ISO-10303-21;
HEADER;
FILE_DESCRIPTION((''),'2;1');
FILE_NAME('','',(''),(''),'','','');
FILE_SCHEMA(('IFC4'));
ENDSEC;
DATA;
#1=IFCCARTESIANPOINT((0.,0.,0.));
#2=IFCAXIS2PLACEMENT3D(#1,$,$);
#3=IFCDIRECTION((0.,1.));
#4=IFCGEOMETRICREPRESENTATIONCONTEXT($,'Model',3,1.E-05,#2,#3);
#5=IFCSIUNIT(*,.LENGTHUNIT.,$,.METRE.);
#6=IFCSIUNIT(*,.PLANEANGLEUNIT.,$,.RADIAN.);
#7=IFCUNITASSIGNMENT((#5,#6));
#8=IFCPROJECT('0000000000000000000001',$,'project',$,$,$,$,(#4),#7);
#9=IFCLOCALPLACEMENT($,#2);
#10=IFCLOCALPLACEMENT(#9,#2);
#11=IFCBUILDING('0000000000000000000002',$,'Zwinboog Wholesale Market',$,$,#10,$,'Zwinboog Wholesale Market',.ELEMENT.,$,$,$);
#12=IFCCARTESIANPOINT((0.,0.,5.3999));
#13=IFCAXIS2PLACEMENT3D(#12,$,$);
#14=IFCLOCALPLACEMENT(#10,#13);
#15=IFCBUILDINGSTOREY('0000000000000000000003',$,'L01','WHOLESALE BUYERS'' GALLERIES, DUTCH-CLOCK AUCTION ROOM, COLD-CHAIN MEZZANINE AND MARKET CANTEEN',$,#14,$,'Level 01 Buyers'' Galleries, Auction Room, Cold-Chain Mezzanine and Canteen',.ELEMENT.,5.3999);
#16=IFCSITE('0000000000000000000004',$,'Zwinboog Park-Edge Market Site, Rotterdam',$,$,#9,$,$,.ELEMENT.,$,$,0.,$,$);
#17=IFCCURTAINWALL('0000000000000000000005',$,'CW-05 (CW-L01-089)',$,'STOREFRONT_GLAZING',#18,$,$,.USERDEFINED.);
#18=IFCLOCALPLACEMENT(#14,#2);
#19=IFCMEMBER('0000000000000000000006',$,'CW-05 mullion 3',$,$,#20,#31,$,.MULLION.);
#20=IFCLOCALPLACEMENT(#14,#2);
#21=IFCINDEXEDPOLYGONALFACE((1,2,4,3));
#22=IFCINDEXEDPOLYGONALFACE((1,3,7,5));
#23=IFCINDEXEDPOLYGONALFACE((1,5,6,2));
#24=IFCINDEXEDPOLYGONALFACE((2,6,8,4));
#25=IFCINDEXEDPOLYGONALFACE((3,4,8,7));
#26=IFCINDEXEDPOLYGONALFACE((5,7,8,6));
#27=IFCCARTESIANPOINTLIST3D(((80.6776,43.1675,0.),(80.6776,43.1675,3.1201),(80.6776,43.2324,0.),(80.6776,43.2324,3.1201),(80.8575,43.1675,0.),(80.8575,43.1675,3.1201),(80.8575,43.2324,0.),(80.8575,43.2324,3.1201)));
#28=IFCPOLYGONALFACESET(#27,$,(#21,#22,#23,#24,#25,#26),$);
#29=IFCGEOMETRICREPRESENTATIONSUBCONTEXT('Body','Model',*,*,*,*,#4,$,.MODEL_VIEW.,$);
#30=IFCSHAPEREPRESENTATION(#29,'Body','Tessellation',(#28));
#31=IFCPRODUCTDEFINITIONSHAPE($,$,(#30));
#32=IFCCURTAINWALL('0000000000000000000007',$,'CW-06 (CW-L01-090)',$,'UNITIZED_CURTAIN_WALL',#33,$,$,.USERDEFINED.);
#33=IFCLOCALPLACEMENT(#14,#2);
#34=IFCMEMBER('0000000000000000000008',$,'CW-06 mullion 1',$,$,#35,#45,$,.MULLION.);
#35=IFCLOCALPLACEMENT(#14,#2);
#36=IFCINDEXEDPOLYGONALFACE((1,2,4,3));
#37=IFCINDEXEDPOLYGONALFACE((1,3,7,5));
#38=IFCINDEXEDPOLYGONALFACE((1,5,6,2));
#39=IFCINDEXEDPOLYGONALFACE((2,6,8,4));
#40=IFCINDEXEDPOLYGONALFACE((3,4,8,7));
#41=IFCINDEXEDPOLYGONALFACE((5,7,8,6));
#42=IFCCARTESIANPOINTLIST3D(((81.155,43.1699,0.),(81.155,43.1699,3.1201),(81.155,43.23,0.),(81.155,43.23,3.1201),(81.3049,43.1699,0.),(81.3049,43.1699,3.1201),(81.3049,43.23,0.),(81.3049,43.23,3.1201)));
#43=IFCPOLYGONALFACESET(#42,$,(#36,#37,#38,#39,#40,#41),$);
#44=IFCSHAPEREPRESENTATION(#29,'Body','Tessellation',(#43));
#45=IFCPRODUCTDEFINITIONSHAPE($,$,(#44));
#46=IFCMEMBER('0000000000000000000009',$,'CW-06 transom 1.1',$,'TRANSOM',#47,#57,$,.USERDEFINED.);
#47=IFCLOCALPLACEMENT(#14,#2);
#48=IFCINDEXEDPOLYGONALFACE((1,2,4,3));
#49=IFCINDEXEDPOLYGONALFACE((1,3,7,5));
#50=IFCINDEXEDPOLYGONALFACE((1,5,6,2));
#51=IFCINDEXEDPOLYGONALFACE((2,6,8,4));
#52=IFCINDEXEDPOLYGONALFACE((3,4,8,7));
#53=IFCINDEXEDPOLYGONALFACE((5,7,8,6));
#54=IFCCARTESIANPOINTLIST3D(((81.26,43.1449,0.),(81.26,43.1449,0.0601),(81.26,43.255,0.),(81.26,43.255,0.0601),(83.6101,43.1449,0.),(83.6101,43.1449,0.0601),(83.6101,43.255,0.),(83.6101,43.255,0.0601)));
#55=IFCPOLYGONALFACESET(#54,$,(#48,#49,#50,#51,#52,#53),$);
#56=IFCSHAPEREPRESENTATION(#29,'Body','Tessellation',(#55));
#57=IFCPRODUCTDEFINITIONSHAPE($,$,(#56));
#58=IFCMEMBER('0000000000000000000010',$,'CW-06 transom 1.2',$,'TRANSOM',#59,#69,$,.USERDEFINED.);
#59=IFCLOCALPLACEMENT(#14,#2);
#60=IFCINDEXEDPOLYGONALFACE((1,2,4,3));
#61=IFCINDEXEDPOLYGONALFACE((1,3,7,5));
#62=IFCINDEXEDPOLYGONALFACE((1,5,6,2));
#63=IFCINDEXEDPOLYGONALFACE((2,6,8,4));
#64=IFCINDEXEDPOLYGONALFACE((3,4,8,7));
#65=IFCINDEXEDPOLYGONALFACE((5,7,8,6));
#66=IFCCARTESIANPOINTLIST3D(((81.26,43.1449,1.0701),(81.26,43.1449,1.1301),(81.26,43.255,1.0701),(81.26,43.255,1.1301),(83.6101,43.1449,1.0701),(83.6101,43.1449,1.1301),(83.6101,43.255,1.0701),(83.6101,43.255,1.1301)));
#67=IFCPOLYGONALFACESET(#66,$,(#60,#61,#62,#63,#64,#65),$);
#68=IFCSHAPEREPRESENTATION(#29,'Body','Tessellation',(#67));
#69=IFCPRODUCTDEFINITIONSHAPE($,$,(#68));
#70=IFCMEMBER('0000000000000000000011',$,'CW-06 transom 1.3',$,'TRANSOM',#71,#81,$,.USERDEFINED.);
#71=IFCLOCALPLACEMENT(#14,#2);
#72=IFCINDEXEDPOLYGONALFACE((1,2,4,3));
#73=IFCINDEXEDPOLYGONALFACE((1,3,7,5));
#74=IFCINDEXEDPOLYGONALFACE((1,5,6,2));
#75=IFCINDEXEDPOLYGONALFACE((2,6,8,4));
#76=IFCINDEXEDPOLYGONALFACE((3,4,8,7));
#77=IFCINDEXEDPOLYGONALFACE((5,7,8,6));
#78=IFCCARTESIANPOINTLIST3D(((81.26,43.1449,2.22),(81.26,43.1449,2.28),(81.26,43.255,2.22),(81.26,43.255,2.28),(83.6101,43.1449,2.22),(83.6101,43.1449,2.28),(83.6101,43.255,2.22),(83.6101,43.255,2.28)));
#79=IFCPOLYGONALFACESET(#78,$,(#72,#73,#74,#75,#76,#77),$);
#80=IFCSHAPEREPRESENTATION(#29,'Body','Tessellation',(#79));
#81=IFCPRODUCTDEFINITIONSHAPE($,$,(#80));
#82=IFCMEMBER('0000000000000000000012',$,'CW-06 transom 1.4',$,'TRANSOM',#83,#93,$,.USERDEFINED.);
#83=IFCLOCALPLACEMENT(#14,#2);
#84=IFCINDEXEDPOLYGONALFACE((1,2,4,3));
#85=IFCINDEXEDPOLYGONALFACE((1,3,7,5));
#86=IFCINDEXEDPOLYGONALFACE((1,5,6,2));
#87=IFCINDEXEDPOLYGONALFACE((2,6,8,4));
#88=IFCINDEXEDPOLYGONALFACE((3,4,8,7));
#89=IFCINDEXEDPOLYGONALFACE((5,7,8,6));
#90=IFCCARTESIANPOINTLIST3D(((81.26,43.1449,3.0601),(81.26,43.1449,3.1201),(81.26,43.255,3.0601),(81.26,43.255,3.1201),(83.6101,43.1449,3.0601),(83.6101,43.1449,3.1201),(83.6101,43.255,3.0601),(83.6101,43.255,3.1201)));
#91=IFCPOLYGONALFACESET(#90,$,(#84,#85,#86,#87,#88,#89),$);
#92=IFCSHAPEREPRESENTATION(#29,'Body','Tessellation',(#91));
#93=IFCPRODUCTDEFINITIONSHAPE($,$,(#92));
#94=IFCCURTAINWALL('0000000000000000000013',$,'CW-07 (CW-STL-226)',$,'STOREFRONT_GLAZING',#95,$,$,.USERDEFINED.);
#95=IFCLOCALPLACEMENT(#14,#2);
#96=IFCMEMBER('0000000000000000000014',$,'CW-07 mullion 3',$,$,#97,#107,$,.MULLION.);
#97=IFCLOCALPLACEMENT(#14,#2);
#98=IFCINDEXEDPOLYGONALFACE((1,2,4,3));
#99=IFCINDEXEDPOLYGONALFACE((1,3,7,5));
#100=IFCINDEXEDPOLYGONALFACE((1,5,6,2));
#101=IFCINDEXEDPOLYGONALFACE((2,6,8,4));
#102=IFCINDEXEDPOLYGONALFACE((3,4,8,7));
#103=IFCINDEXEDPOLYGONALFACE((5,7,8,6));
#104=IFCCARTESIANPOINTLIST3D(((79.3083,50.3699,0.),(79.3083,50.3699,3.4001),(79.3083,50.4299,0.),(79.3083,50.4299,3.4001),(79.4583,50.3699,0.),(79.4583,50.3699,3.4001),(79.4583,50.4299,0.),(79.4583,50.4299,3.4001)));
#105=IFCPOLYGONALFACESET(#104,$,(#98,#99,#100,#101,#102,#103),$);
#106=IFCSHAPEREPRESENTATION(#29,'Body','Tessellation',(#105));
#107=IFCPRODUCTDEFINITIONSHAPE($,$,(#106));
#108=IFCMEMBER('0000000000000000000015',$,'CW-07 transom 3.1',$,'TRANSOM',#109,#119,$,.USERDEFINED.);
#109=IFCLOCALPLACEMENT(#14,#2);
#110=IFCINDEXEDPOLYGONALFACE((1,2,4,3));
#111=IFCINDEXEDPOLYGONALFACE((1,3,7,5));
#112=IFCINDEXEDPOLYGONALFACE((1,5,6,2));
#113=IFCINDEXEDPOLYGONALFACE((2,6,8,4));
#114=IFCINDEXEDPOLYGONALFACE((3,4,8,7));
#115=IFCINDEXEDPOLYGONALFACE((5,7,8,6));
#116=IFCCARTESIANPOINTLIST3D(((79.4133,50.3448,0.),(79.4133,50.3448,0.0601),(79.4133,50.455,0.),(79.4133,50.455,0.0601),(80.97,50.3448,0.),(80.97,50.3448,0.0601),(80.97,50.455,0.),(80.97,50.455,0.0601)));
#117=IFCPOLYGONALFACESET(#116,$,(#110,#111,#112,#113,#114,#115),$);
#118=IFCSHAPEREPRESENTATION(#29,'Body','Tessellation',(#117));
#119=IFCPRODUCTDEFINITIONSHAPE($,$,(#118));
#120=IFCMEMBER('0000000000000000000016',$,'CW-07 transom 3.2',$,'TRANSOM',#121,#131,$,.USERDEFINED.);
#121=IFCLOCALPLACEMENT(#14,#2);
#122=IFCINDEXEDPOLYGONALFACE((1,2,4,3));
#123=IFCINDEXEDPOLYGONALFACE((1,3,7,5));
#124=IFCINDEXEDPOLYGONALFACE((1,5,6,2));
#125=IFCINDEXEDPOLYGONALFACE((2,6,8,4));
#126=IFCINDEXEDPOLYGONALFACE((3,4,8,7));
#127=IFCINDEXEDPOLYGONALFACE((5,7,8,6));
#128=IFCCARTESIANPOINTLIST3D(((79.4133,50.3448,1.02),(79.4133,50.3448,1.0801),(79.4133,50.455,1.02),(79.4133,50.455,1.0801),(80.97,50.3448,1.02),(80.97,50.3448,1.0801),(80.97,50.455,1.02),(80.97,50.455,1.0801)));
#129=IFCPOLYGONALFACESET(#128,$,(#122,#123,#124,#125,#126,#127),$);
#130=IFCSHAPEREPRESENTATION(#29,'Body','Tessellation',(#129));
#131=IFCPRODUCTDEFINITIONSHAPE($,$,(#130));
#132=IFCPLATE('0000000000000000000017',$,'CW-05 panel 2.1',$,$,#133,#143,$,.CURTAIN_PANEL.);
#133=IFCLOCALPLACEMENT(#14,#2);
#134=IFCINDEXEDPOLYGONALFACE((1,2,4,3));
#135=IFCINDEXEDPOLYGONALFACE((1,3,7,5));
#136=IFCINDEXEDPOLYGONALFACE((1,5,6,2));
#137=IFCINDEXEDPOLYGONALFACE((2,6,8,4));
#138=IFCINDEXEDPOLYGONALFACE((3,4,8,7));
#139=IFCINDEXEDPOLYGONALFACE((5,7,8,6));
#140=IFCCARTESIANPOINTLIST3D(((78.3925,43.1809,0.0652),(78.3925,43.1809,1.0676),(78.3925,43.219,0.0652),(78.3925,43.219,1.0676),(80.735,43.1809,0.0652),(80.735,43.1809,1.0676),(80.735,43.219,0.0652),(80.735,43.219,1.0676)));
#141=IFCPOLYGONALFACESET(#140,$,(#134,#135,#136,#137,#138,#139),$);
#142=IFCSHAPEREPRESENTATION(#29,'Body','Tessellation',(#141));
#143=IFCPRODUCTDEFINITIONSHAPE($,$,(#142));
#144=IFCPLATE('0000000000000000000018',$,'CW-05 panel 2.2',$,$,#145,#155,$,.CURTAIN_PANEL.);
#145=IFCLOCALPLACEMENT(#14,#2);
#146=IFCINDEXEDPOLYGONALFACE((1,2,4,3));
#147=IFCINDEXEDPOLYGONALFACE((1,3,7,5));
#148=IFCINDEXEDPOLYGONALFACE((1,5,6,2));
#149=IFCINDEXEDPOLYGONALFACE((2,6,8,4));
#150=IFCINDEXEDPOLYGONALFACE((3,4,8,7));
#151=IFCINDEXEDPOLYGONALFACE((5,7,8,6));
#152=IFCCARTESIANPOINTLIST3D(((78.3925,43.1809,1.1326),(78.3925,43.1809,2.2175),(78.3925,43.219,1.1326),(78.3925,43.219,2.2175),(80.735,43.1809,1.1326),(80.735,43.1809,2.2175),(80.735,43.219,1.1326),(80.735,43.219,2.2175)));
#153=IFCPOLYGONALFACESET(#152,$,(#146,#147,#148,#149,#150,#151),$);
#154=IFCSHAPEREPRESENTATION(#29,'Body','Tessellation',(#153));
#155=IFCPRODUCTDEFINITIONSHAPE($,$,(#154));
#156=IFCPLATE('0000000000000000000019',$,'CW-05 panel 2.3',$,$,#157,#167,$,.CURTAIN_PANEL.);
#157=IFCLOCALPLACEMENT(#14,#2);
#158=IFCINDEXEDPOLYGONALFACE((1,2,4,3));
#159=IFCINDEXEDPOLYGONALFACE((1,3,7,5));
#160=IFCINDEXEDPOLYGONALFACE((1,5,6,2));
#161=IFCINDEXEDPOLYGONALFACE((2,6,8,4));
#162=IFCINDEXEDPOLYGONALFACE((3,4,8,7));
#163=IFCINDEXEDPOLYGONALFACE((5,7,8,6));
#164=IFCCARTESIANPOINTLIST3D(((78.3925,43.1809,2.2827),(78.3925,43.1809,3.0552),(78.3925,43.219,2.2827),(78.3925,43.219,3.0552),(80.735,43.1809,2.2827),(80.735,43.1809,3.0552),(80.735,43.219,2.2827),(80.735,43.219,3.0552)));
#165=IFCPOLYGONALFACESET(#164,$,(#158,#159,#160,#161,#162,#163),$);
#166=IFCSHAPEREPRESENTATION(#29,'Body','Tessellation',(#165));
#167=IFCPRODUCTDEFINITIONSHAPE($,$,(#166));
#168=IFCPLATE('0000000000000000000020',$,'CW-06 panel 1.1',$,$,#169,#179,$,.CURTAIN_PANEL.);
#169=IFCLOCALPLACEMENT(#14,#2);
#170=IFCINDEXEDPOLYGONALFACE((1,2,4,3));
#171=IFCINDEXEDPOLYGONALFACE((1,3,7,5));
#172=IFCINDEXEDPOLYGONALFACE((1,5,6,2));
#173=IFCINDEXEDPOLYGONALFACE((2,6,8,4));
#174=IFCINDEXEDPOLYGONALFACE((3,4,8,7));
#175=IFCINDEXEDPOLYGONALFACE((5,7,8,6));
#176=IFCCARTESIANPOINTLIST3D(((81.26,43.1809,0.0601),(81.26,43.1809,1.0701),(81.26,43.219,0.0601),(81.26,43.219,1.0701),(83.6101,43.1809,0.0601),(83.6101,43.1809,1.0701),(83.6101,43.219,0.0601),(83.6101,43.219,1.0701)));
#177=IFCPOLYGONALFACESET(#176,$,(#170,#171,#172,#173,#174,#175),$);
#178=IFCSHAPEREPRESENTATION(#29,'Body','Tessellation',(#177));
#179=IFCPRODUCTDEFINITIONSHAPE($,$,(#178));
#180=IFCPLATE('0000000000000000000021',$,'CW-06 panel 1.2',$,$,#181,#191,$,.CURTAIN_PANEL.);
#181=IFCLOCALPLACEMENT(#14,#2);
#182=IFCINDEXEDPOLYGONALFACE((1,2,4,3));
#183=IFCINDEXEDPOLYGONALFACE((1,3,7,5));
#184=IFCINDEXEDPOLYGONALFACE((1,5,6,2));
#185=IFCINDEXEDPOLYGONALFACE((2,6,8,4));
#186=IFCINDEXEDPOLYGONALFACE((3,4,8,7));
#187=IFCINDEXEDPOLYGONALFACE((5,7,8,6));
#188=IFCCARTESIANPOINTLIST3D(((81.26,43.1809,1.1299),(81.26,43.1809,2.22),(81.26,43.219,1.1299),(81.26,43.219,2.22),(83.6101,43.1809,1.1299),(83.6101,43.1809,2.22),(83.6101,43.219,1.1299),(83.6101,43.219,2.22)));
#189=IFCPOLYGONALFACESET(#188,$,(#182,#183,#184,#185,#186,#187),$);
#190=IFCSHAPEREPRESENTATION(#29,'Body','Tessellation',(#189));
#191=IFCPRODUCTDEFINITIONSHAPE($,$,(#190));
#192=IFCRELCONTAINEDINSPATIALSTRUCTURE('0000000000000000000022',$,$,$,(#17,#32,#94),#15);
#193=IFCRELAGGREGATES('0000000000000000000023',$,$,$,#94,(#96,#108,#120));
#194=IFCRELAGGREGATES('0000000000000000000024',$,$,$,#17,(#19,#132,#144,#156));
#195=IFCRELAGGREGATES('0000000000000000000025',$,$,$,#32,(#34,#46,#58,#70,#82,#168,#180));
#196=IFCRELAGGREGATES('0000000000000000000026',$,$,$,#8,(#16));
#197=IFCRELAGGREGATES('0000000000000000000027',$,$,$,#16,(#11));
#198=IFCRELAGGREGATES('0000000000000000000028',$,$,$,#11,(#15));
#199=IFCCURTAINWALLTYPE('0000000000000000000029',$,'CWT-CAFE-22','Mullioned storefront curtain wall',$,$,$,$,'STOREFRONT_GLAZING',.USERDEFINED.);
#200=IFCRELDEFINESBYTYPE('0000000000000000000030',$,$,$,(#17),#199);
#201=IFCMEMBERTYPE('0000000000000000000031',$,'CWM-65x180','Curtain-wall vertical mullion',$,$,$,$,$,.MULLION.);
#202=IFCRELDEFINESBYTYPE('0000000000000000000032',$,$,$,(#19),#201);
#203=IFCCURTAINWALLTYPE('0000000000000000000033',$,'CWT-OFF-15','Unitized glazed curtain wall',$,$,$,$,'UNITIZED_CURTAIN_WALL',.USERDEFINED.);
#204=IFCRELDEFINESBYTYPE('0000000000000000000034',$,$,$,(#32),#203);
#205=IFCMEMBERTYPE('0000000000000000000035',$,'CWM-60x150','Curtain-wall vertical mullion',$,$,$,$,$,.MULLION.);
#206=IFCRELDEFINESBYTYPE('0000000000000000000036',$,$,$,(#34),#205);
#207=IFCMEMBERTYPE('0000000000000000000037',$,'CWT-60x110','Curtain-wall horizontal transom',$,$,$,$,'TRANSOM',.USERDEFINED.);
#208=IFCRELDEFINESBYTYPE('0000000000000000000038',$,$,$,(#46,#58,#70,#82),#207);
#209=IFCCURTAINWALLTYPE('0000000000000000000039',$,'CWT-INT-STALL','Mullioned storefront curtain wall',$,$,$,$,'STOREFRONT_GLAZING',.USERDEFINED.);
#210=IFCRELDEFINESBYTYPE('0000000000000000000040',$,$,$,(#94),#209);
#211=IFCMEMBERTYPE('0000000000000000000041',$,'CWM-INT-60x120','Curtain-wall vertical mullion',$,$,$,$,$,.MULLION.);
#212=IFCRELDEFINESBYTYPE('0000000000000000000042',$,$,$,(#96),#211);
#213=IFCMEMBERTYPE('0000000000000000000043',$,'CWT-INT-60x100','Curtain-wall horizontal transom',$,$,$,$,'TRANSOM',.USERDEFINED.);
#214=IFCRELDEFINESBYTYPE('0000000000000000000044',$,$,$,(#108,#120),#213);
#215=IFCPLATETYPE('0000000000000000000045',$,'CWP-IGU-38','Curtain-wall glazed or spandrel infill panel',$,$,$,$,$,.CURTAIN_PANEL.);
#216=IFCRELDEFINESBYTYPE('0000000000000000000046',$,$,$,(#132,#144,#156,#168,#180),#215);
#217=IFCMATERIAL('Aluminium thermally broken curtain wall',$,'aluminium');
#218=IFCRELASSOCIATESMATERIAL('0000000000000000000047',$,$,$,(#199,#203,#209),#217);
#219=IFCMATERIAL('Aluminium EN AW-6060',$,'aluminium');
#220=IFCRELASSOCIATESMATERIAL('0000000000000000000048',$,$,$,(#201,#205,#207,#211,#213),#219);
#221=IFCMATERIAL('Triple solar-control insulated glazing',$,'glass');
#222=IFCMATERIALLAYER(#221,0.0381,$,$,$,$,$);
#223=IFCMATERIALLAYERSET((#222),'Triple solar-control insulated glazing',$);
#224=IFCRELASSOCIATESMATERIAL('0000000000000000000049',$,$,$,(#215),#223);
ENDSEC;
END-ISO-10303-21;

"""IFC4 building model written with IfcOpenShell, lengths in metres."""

from ifc_helpers import new_model, si_unit, direction, frame, origin, origin_2d, place, context, subcontext, project, spatial, rectangle, extrude, material, layer, layer_set, material_profile, profile_set, type_object, element, aggregate, save


model = new_model("IFC4")

# Units and contexts
model_context = context("Model", 3, precision=1e-05, world=origin(), true_north=direction((0.0, 1.0)))
body_context = subcontext(model_context, "Body", "Model", "MODEL_VIEW")
ifc_project = project(units=[si_unit("LENGTHUNIT", "METRE"), si_unit("PLANEANGLEUNIT", "RADIAN")], contexts=[model_context])

# Site, building, storey
site_placement = place(None, origin())
site = spatial("IfcSite", under=ifc_project, at=site_placement, Name="Zwinboog Park-Edge Market Site, Rotterdam", CompositionType="ELEMENT", RefElevation=0.0)
building_placement = place(site_placement, origin())
building = spatial("IfcBuilding", under=site, at=building_placement, Name="Zwinboog Wholesale Market", LongName="Zwinboog Wholesale Market", CompositionType="ELEMENT")
storey_placement = place(building_placement, frame((0.0, 0.0, 5.3999)))
storey = spatial("IfcBuildingStorey", under=building, at=storey_placement, Name="L01", Description="WHOLESALE BUYERS' GALLERIES, DUTCH-CLOCK AUCTION ROOM, COLD-CHAIN MEZZANINE AND MARKET CANTEEN", LongName="Level 01 Buyers' Galleries, Auction Room, Cold-Chain Mezzanine and Canteen", CompositionType="ELEMENT", Elevation=5.3999)

# Curtain wall, member
ifc_material_1 = material(Name="Aluminium thermally broken curtain wall", Category="aluminium")
curtain_wall_type_1 = type_object("IfcCurtainWallType", Name="CWT-CAFE-22", Description="Mullioned storefront curtain wall", ElementType="STOREFRONT_GLAZING", PredefinedType="USERDEFINED", material=ifc_material_1)
curtain_wall_1_placement = place(storey_placement, origin())
curtain_wall_1 = element("IfcCurtainWall", 1, at=curtain_wall_1_placement, inside=storey, type_object=curtain_wall_type_1, Name="CW-05 (CW-L01-089)", ObjectType="STOREFRONT_GLAZING", PredefinedType="USERDEFINED")
ifc_material_2 = material(Name="Aluminium EN AW-6060", Category="aluminium")
ifc_material_profile_1 = material_profile(ifc_material_2, rectangle(XDim=0.0649, YDim=0.1799, at=origin_2d()), Name="AL 65x180")
ifc_profile_set_1 = profile_set([ifc_material_profile_1], Name="Aluminium EN AW-6060")
member_type_1 = type_object("IfcMemberType", Name="CWM-65x180", Description="Curtain-wall vertical mullion", PredefinedType="MULLION", material=ifc_profile_set_1)
member_1_placement = place(storey_placement, frame((80.7676, 43.2, 0.0), z_axis=(0.0, 0.0, 1.0), x_axis=(0.0, 1.0, 0.0)))
member_1 = element("IfcMember", 2, at=member_1_placement, type_object=member_type_1, Name="CW-05 mullion 3", PredefinedType="MULLION", context=body_context, shape_type="SweptSolid", body=[
    extrude(rectangle(XDim=0.0649, YDim=0.1799, at=origin_2d()), origin(), (0.0, 0.0, 1.0), 3.1201),
])

# Curtain walls, members
curtain_wall_type_2 = type_object("IfcCurtainWallType", Name="CWT-OFF-15", Description="Unitized glazed curtain wall", ElementType="UNITIZED_CURTAIN_WALL", PredefinedType="USERDEFINED", material=ifc_material_1)
curtain_wall_2_placement = place(storey_placement, origin())
curtain_wall_2 = element("IfcCurtainWall", 3, at=curtain_wall_2_placement, inside=storey, type_object=curtain_wall_type_2, Name="CW-06 (CW-L01-090)", ObjectType="UNITIZED_CURTAIN_WALL", PredefinedType="USERDEFINED")
ifc_material_profile_2 = material_profile(ifc_material_2, rectangle(XDim=0.0601, YDim=0.1499, at=origin_2d()), Name="AL 60x150")
ifc_profile_set_2 = profile_set([ifc_material_profile_2], Name="Aluminium EN AW-6060")
member_type_2 = type_object("IfcMemberType", Name="CWM-60x150", Description="Curtain-wall vertical mullion", PredefinedType="MULLION", material=ifc_profile_set_2)
member_2_placement = place(storey_placement, frame((81.23, 43.2, 0.0), z_axis=(0.0, 0.0, 1.0), x_axis=(0.0, 1.0, 0.0)))
member_2 = element("IfcMember", 4, at=member_2_placement, type_object=member_type_2, Name="CW-06 mullion 1", PredefinedType="MULLION", context=body_context, shape_type="SweptSolid", body=[
    extrude(rectangle(XDim=0.0601, YDim=0.1499, at=origin_2d()), origin(), (0.0, 0.0, 1.0), 3.1201),
])
ifc_material_profile_3 = material_profile(ifc_material_2, rectangle(XDim=0.1101, YDim=0.0601, at=origin_2d()), Name="AL 60x110")
ifc_profile_set_3 = profile_set([ifc_material_profile_3], Name="Aluminium EN AW-6060")
member_type_3 = type_object("IfcMemberType", Name="CWT-60x110", Description="Curtain-wall horizontal transom", ElementType="TRANSOM", PredefinedType="USERDEFINED", material=ifc_profile_set_3)
member_3_placement = place(storey_placement, frame((81.26, 43.2, 0.03), z_axis=(1.0, 0.0, 0.0), x_axis=(0.0, 1.0, 0.0)))
member_3 = element("IfcMember", 5, at=member_3_placement, type_object=member_type_3, Name="CW-06 transom 1.1", ObjectType="TRANSOM", PredefinedType="USERDEFINED", context=body_context, shape_type="SweptSolid", body=[
    extrude(rectangle(XDim=0.1101, YDim=0.0601, at=origin_2d()), origin(), (0.0, 0.0, 1.0), 2.3501),
])
member_4_placement = place(storey_placement, frame((81.26, 43.2, 1.1001), z_axis=(1.0, 0.0, 0.0), x_axis=(0.0, 1.0, 0.0)))
member_4 = element("IfcMember", 6, at=member_4_placement, type_object=member_type_3, Name="CW-06 transom 1.2", ObjectType="TRANSOM", PredefinedType="USERDEFINED", context=body_context, shape_type="SweptSolid", body=[
    extrude(rectangle(XDim=0.1101, YDim=0.0601, at=origin_2d()), origin(), (0.0, 0.0, 1.0), 2.3501),
])
member_5_placement = place(storey_placement, frame((81.26, 43.2, 2.25), z_axis=(1.0, 0.0, 0.0), x_axis=(0.0, 1.0, 0.0)))
member_5 = element("IfcMember", 7, at=member_5_placement, type_object=member_type_3, Name="CW-06 transom 1.3", ObjectType="TRANSOM", PredefinedType="USERDEFINED", context=body_context, shape_type="SweptSolid", body=[
    extrude(rectangle(XDim=0.1101, YDim=0.0601, at=origin_2d()), origin(), (0.0, 0.0, 1.0), 2.3501),
])
member_6_placement = place(storey_placement, frame((81.26, 43.2, 3.0901), z_axis=(1.0, 0.0, 0.0), x_axis=(0.0, 1.0, 0.0)))
member_6 = element("IfcMember", 8, at=member_6_placement, type_object=member_type_3, Name="CW-06 transom 1.4", ObjectType="TRANSOM", PredefinedType="USERDEFINED", context=body_context, shape_type="SweptSolid", body=[
    extrude(rectangle(XDim=0.1101, YDim=0.0601, at=origin_2d()), origin(), (0.0, 0.0, 1.0), 2.3501),
])
curtain_wall_type_3 = type_object("IfcCurtainWallType", Name="CWT-INT-STALL", Description="Mullioned storefront curtain wall", ElementType="STOREFRONT_GLAZING", PredefinedType="USERDEFINED", material=ifc_material_1)
curtain_wall_3_placement = place(storey_placement, origin())
curtain_wall_3 = element("IfcCurtainWall", 9, at=curtain_wall_3_placement, inside=storey, type_object=curtain_wall_type_3, Name="CW-07 (CW-STL-226)", ObjectType="STOREFRONT_GLAZING", PredefinedType="USERDEFINED")
ifc_material_profile_4 = material_profile(ifc_material_2, rectangle(XDim=0.0601, YDim=0.1499, at=origin_2d()), Name="AL 60x150")
ifc_profile_set_4 = profile_set([ifc_material_profile_4], Name="Aluminium EN AW-6060")
member_type_4 = type_object("IfcMemberType", Name="CWM-INT-60x120", Description="Curtain-wall vertical mullion", PredefinedType="MULLION", material=ifc_profile_set_4)
member_7_placement = place(storey_placement, frame((79.3833, 50.3999, 0.0), z_axis=(0.0, 0.0, 1.0), x_axis=(0.0, 1.0, 0.0)))
member_7 = element("IfcMember", 10, at=member_7_placement, type_object=member_type_4, Name="CW-07 mullion 3", PredefinedType="MULLION", context=body_context, shape_type="SweptSolid", body=[
    extrude(rectangle(XDim=0.0601, YDim=0.1499, at=origin_2d()), origin(), (0.0, 0.0, 1.0), 3.4001),
])
ifc_material_profile_5 = material_profile(ifc_material_2, rectangle(XDim=0.1101, YDim=0.0601, at=origin_2d()), Name="AL 60x110")
ifc_profile_set_5 = profile_set([ifc_material_profile_5], Name="Aluminium EN AW-6060")
member_type_5 = type_object("IfcMemberType", Name="CWT-INT-60x100", Description="Curtain-wall horizontal transom", ElementType="TRANSOM", PredefinedType="USERDEFINED", material=ifc_profile_set_5)
member_8_placement = place(storey_placement, frame((79.4133, 50.3999, 0.03), z_axis=(1.0, 0.0, 0.0), x_axis=(0.0, 1.0, 0.0)))
member_8 = element("IfcMember", 11, at=member_8_placement, type_object=member_type_5, Name="CW-07 transom 3.1", ObjectType="TRANSOM", PredefinedType="USERDEFINED", context=body_context, shape_type="SweptSolid", body=[
    extrude(rectangle(XDim=0.1101, YDim=0.0601, at=origin_2d()), origin(), (0.0, 0.0, 1.0), 1.5566),
])
member_9_placement = place(storey_placement, frame((79.4133, 50.3999, 1.05), z_axis=(1.0, 0.0, 0.0), x_axis=(0.0, 1.0, 0.0)))
member_9 = element("IfcMember", 12, at=member_9_placement, type_object=member_type_5, Name="CW-07 transom 3.2", ObjectType="TRANSOM", PredefinedType="USERDEFINED", context=body_context, shape_type="SweptSolid", body=[
    extrude(rectangle(XDim=0.1101, YDim=0.0601, at=origin_2d()), origin(), (0.0, 0.0, 1.0), 1.5566),
])
aggregate(curtain_wall_3, [member_7, member_8, member_9])

# Plates
ifc_material_3 = material(Name="Triple solar-control insulated glazing", Category="glass")
ifc_layer_1 = layer(ifc_material_3, 0.0381)
ifc_layer_set_1 = layer_set([ifc_layer_1], Name="Triple solar-control insulated glazing")
plate_type = type_object("IfcPlateType", Name="CWP-IGU-38", Description="Curtain-wall glazed or spandrel infill panel", PredefinedType="CURTAIN_PANEL", material=ifc_layer_set_1)
plate_1_placement = place(storey_placement, frame((79.5637, 43.2, 0.0652), z_axis=(0.0, 0.0, 1.0), x_axis=(1.0, 0.0, 0.0)))
plate_1 = element("IfcPlate", 13, at=plate_1_placement, type_object=plate_type, Name="CW-05 panel 2.1", PredefinedType="CURTAIN_PANEL", context=body_context, shape_type="SweptSolid", body=[
    extrude(rectangle(XDim=2.3425, YDim=0.0381, at=origin_2d()), origin(), (0.0, 0.0, 1.0), 1.0024),
])
plate_2_placement = place(storey_placement, frame((79.5637, 43.2, 1.1326), z_axis=(0.0, 0.0, 1.0), x_axis=(1.0, 0.0, 0.0)))
plate_2 = element("IfcPlate", 14, at=plate_2_placement, type_object=plate_type, Name="CW-05 panel 2.2", PredefinedType="CURTAIN_PANEL", context=body_context, shape_type="SweptSolid", body=[
    extrude(rectangle(XDim=2.3425, YDim=0.0381, at=origin_2d()), origin(), (0.0, 0.0, 1.0), 1.085),
])
plate_3_placement = place(storey_placement, frame((79.5637, 43.2, 2.2827), z_axis=(0.0, 0.0, 1.0), x_axis=(1.0, 0.0, 0.0)))
plate_3 = element("IfcPlate", 15, at=plate_3_placement, type_object=plate_type, Name="CW-05 panel 2.3", PredefinedType="CURTAIN_PANEL", context=body_context, shape_type="SweptSolid", body=[
    extrude(rectangle(XDim=2.3425, YDim=0.0381, at=origin_2d()), origin(), (0.0, 0.0, 1.0), 0.7725),
])
aggregate(curtain_wall_1, [member_1, plate_1, plate_2, plate_3])
plate_4_placement = place(storey_placement, frame((82.4351, 43.2, 0.0601), z_axis=(0.0, 0.0, 1.0), x_axis=(1.0, 0.0, 0.0)))
plate_4 = element("IfcPlate", 16, at=plate_4_placement, type_object=plate_type, Name="CW-06 panel 1.1", PredefinedType="CURTAIN_PANEL", context=body_context, shape_type="SweptSolid", body=[
    extrude(rectangle(XDim=2.3501, YDim=0.0381, at=origin_2d()), origin(), (0.0, 0.0, 1.0), 1.01),
])
plate_5_placement = place(storey_placement, frame((82.4351, 43.2, 1.1299), z_axis=(0.0, 0.0, 1.0), x_axis=(1.0, 0.0, 0.0)))
plate_5 = element("IfcPlate", 17, at=plate_5_placement, type_object=plate_type, Name="CW-06 panel 1.2", PredefinedType="CURTAIN_PANEL", context=body_context, shape_type="SweptSolid", body=[
    extrude(rectangle(XDim=2.3501, YDim=0.0381, at=origin_2d()), origin(), (0.0, 0.0, 1.0), 1.0901),
])
aggregate(curtain_wall_2, [member_2, member_3, member_4, member_5, member_6, plate_4, plate_5])

save(model, "model.ifc")
